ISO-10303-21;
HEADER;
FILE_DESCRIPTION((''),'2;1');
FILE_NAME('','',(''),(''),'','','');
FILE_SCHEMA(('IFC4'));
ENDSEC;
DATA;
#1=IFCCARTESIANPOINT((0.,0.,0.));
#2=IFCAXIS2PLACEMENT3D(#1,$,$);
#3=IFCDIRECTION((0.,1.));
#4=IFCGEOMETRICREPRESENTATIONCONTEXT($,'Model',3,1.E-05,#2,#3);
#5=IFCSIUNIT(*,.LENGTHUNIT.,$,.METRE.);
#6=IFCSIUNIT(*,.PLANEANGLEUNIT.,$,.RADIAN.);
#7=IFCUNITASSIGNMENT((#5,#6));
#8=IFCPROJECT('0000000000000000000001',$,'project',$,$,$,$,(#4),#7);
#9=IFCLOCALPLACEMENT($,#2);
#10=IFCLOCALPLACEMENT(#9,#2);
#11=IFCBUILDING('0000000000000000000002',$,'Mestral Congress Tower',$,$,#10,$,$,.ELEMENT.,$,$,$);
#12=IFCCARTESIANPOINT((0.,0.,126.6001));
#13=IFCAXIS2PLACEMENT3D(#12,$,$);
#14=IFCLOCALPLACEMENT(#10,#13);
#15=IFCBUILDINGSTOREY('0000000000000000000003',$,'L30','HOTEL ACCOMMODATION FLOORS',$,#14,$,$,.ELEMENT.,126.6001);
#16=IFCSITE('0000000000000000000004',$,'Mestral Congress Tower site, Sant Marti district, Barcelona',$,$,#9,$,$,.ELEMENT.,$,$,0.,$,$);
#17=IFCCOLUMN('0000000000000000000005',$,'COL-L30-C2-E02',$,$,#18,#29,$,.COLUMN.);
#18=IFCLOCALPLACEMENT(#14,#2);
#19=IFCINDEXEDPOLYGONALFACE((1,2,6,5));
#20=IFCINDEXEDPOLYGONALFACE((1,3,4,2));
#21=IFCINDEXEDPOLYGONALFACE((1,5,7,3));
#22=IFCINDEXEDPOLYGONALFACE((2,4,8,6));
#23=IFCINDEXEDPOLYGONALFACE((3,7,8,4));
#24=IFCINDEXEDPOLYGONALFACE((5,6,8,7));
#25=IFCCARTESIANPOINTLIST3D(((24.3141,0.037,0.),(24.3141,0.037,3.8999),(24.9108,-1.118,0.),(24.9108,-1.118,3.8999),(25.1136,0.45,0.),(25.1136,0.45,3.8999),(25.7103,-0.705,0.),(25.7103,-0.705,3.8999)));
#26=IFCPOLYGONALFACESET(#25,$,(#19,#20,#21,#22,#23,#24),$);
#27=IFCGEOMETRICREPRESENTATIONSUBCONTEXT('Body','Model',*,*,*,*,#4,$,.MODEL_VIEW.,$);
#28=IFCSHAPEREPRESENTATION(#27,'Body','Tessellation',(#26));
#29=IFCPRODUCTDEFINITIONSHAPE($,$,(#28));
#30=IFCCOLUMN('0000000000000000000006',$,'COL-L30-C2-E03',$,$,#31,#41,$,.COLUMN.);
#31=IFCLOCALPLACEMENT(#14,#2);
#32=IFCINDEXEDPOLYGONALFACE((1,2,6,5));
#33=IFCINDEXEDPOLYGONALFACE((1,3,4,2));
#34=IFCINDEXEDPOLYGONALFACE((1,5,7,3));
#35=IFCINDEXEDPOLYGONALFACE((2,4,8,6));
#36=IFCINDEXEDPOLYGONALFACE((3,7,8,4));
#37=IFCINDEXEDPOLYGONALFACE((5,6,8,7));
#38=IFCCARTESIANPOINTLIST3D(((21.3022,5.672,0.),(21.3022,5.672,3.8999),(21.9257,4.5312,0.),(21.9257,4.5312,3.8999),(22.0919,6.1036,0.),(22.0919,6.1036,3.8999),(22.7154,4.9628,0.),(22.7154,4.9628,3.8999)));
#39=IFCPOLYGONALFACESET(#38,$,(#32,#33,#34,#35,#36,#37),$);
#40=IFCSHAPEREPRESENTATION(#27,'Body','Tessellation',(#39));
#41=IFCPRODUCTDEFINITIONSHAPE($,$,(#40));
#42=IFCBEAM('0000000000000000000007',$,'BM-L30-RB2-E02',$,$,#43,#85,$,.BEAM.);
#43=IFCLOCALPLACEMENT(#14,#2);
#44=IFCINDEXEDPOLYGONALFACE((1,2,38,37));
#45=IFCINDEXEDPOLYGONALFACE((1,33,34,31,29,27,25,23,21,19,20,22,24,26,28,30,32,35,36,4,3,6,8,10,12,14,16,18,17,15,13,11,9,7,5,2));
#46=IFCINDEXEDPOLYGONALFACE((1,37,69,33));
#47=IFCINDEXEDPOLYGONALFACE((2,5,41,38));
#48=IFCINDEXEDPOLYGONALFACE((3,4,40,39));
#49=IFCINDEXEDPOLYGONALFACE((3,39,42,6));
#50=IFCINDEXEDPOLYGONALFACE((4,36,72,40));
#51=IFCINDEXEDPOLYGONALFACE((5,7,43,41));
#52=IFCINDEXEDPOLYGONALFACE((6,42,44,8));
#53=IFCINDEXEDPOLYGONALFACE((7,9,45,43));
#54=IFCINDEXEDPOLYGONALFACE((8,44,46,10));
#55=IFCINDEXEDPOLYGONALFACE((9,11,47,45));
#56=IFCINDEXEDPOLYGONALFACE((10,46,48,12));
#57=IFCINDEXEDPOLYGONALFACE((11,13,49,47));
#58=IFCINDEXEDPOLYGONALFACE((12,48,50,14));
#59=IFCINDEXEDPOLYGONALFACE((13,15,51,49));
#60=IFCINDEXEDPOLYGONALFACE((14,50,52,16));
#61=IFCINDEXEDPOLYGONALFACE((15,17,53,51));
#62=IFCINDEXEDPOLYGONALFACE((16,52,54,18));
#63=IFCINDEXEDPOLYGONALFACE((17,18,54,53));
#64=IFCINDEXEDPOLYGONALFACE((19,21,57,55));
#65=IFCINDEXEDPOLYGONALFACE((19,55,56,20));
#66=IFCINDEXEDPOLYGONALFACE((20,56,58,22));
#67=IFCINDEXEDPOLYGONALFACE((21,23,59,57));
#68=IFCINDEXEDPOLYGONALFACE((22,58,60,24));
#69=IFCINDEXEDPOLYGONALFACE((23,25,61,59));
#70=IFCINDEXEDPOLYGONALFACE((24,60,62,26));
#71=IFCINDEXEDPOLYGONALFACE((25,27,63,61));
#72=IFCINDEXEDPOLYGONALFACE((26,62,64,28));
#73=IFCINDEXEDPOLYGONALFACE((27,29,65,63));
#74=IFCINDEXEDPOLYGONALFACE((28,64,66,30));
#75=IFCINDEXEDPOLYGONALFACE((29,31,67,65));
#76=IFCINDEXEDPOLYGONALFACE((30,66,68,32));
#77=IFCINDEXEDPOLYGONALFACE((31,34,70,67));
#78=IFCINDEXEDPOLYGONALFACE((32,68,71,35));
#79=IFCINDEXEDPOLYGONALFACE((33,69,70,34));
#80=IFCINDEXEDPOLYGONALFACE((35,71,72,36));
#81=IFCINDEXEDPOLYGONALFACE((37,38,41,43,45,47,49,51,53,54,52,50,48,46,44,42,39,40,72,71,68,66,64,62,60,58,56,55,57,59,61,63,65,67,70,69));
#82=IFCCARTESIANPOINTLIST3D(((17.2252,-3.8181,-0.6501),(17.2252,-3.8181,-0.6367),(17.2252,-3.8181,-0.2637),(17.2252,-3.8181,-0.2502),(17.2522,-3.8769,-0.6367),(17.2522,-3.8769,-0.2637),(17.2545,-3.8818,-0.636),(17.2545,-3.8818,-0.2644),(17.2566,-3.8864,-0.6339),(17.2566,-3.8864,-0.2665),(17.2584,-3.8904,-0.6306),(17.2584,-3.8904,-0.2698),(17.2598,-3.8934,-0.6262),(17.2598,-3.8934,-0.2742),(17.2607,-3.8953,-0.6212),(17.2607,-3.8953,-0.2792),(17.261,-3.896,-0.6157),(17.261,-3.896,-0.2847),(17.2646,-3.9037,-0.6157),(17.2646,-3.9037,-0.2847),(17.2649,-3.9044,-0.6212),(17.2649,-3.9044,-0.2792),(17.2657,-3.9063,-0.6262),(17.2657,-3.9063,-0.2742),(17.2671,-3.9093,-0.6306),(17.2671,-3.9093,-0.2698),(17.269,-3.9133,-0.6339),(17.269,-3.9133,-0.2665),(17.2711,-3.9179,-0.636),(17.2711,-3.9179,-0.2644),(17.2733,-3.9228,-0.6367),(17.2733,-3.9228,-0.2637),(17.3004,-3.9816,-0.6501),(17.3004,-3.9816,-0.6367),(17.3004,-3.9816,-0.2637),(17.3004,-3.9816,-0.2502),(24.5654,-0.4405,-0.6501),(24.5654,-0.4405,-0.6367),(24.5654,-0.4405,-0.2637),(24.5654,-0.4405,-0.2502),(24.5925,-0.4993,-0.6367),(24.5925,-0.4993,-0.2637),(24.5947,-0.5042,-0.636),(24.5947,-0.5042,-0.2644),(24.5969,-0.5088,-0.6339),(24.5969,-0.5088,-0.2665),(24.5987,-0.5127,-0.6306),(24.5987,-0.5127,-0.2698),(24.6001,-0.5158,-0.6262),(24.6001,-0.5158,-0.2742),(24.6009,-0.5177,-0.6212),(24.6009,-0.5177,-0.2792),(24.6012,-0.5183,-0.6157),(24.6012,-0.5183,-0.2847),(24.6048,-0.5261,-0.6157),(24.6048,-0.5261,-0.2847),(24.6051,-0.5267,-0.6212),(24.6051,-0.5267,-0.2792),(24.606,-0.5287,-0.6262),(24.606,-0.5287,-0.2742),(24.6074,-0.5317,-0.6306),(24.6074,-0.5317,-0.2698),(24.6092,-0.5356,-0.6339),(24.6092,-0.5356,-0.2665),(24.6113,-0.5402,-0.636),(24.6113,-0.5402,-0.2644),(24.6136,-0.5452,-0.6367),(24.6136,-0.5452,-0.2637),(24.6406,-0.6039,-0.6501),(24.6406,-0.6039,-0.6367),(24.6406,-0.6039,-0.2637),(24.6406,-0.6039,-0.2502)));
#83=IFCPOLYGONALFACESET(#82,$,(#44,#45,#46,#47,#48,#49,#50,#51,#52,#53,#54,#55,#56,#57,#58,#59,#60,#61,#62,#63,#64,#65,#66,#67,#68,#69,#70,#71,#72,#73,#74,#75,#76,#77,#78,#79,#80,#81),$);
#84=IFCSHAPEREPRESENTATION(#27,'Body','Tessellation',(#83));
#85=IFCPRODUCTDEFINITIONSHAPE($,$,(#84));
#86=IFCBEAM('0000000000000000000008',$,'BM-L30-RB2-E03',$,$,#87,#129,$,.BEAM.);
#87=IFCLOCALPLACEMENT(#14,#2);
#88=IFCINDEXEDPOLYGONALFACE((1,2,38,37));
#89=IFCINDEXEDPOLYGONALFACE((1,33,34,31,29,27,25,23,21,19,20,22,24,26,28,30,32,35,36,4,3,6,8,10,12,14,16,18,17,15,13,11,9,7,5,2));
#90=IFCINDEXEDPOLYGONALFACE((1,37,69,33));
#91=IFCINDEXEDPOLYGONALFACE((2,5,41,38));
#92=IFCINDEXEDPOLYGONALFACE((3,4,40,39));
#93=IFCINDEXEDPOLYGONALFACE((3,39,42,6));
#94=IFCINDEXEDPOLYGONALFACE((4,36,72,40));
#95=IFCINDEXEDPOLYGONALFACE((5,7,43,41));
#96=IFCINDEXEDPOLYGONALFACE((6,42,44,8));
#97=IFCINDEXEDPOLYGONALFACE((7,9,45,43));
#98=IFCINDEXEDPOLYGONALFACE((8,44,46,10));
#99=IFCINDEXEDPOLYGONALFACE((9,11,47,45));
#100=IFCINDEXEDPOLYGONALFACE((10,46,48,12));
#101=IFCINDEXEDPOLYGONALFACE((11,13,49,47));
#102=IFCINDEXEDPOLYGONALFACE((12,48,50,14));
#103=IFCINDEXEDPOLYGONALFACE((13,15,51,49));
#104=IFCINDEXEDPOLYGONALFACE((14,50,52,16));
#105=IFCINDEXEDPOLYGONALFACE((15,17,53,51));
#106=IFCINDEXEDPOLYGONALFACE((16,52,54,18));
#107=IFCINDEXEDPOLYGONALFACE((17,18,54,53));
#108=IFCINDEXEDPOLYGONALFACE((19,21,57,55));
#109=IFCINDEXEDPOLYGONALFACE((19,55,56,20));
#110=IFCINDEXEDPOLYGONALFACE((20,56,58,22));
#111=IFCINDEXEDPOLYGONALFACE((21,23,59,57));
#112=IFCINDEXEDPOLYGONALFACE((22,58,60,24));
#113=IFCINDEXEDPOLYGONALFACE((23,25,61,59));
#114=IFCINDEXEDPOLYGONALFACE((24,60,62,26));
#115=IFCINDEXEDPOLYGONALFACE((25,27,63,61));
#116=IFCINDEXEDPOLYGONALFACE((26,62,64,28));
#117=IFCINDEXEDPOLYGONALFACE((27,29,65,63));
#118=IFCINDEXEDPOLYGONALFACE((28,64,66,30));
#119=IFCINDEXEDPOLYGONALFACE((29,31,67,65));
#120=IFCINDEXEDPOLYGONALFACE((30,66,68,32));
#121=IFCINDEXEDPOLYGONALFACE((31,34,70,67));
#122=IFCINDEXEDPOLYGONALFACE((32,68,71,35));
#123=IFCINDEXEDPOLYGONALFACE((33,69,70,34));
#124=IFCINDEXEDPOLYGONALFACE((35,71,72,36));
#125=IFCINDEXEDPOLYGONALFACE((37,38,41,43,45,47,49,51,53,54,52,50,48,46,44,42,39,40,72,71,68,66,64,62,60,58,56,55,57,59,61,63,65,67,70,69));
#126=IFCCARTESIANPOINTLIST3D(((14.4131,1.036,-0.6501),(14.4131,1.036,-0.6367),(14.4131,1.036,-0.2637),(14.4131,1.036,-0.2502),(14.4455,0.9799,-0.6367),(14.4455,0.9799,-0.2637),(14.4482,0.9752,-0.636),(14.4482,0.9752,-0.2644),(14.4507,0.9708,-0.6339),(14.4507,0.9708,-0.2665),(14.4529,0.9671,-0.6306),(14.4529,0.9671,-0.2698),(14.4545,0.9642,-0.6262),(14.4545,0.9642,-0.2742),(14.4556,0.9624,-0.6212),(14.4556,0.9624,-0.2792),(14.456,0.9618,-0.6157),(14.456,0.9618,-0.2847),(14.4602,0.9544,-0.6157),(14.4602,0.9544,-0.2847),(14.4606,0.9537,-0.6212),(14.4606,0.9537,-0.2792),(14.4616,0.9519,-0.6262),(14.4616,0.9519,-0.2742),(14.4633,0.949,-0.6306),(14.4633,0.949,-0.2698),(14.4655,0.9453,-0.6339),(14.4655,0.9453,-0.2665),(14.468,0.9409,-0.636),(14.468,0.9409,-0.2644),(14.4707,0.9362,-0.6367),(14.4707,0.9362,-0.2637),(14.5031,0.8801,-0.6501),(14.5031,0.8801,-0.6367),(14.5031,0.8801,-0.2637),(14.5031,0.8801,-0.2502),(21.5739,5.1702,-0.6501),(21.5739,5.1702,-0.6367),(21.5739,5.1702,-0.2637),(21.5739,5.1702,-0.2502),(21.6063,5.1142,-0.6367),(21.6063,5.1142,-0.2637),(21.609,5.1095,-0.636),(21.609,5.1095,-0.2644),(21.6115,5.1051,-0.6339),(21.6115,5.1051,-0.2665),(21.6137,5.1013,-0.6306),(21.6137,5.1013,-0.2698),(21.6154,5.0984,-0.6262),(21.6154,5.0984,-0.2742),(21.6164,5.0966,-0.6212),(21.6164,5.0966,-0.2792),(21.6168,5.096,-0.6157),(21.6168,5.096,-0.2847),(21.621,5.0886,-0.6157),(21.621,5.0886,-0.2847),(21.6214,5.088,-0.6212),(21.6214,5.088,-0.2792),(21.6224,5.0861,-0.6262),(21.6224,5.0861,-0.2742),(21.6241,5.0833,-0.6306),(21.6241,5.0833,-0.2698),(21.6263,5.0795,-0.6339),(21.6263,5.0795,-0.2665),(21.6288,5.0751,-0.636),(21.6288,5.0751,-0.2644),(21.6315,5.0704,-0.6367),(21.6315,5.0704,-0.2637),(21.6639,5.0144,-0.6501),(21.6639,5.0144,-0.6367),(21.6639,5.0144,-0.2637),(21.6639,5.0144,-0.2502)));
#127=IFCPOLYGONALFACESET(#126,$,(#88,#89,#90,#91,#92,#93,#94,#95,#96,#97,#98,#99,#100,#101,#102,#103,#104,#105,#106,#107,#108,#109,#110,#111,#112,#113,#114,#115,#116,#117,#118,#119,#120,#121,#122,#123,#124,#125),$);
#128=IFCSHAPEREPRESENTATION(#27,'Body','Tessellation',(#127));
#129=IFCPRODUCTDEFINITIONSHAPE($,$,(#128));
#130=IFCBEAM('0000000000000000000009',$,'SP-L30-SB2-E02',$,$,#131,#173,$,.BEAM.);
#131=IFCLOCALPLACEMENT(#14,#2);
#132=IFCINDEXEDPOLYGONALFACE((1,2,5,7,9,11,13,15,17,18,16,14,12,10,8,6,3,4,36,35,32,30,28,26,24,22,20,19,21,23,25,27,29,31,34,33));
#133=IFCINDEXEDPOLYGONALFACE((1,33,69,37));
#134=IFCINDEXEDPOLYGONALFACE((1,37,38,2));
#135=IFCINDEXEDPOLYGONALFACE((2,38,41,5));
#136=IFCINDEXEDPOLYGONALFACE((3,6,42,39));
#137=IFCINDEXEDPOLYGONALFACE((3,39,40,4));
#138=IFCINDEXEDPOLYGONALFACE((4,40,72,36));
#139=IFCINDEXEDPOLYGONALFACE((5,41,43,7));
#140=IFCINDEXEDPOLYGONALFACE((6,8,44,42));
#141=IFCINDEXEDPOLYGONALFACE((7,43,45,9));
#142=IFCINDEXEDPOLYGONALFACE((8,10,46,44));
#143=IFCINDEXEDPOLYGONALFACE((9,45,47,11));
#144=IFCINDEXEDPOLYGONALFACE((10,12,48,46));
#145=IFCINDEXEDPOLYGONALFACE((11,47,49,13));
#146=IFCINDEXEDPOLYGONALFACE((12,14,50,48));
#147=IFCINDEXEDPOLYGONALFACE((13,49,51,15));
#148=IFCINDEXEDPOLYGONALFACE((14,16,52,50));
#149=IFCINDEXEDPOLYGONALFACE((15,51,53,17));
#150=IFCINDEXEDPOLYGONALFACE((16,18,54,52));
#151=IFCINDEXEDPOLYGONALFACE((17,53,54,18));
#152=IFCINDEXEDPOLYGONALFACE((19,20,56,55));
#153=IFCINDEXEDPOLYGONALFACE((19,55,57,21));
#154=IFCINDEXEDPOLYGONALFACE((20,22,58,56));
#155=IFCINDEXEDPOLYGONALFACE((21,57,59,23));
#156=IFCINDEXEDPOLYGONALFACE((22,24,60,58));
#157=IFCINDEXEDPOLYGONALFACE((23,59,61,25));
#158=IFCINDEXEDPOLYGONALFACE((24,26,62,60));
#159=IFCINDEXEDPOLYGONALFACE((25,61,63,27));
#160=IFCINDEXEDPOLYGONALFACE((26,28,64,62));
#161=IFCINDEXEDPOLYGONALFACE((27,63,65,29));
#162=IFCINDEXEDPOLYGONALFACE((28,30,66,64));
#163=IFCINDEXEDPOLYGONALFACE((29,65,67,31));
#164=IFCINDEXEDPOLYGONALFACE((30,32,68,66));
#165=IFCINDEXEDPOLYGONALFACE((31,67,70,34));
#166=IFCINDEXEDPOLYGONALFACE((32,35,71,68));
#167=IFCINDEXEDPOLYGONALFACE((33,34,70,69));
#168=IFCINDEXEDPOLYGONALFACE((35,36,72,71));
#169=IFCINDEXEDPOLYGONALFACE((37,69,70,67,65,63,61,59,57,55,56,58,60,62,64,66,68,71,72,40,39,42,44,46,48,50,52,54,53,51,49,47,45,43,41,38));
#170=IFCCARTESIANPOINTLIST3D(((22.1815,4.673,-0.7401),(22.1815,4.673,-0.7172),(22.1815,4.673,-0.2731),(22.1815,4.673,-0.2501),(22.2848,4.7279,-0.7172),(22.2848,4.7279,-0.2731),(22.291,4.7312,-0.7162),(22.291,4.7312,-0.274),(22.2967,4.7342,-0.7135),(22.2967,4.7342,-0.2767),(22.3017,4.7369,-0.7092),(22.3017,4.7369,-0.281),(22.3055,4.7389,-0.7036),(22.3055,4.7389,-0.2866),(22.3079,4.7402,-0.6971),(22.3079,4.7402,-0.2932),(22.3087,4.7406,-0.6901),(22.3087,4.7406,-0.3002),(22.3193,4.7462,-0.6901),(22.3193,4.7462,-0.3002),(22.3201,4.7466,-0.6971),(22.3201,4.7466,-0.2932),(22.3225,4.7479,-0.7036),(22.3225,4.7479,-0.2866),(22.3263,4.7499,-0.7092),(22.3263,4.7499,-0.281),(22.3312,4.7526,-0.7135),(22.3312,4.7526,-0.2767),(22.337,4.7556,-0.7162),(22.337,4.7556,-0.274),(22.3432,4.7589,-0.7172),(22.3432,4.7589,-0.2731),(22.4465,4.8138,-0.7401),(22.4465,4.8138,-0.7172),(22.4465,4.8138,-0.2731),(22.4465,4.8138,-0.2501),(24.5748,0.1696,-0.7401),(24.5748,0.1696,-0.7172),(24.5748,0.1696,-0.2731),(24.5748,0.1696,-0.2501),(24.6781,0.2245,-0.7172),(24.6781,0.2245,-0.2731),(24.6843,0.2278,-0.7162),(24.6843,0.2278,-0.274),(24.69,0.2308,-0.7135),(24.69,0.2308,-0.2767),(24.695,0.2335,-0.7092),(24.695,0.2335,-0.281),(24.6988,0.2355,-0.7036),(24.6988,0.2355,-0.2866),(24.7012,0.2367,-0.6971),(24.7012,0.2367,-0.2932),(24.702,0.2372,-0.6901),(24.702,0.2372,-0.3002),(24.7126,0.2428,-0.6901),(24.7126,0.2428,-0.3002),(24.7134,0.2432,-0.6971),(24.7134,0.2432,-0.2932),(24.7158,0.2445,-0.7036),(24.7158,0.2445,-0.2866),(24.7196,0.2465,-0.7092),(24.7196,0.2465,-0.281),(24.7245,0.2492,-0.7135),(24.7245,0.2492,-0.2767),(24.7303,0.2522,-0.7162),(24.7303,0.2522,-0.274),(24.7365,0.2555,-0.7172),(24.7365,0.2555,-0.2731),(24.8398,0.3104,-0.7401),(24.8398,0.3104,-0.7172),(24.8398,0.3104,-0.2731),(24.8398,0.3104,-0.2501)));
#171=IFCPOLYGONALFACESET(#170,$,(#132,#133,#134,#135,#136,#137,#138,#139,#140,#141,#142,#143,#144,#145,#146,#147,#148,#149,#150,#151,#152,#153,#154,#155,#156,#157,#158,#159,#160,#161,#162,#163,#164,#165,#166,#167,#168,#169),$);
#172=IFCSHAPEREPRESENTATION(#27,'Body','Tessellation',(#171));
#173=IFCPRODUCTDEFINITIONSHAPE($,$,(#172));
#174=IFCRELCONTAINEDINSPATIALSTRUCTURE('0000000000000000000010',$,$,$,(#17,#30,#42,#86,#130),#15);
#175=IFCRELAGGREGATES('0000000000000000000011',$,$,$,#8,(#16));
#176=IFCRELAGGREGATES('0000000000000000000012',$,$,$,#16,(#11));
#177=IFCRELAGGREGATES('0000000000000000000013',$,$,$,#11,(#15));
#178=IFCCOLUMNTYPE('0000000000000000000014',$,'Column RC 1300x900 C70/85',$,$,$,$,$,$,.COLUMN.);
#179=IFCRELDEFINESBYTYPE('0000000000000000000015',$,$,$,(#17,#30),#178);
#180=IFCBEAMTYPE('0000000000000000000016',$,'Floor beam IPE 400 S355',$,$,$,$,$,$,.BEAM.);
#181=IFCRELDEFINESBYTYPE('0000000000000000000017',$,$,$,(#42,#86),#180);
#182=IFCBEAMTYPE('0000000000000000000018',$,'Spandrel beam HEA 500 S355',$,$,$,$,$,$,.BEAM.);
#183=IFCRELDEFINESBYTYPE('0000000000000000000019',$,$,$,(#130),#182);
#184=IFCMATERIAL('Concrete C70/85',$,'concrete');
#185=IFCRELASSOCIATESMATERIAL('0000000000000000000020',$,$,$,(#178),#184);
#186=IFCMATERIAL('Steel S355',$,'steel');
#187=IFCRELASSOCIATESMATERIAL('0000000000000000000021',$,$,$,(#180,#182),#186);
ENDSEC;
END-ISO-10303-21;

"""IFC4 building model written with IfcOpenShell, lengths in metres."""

from ifc_helpers import new_model, si_unit, direction, frame, origin, origin_2d, place, context, subcontext, project, spatial, rectangle, i_section, extrude, material, material_profile, profile_set, type_object, element, save


model = new_model("IFC4")

# Units and contexts
model_context = context("Model", 3, precision=1e-05, world=origin(), true_north=direction((0.0, 1.0)))
body_context = subcontext(model_context, "Body", "Model", "MODEL_VIEW")
ifc_project = project(units=[si_unit("LENGTHUNIT", "METRE"), si_unit("PLANEANGLEUNIT", "RADIAN")], contexts=[model_context])

# Site, building, storey
site_placement = place(None, origin())
site = spatial("IfcSite", under=ifc_project, at=site_placement, Name="Mestral Congress Tower site, Sant Marti district, Barcelona", CompositionType="ELEMENT", RefElevation=0.0)
building_placement = place(site_placement, origin())
building = spatial("IfcBuilding", under=site, at=building_placement, Name="Mestral Congress Tower", CompositionType="ELEMENT")
storey_placement = place(building_placement, frame((0.0, 0.0, 126.6001)))
storey = spatial("IfcBuildingStorey", under=building, at=storey_placement, Name="L30", Description="HOTEL ACCOMMODATION FLOORS", CompositionType="ELEMENT", Elevation=126.6001)

# Columns
ifc_material_1 = material(Name="Concrete C70/85", Category="concrete")
ifc_material_profile_1 = material_profile(ifc_material_1, rectangle(XDim=1.3, YDim=0.8999, at=origin_2d()), Name="RC 1300x900")
ifc_profile_set_1 = profile_set([ifc_material_profile_1], Name="Concrete C70/85")
column_type = type_object("IfcColumnType", Name="Column RC 1300x900 C70/85", PredefinedType="COLUMN", material=ifc_profile_set_1)
for number, where, z_axis, x_axis, name in (
    (1, (25.0122, -0.334, 0.0), (0.0, 0.0, 1.0), (-0.458961, 0.888456, 0.0), "COL-L30-C2-E02"),
    (2, (22.0088, 5.3174, 0.0), (0.0, 0.0, 1.0), (-0.479613, 0.87748, 0.0), "COL-L30-C2-E03"),
):
    element("IfcColumn", number, at=place(storey_placement, frame(where, z_axis=z_axis, x_axis=x_axis)), inside=storey, type_object=column_type, Name=name, PredefinedType="COLUMN", context=body_context, shape_type="SweptSolid", body=[
        extrude(rectangle(XDim=1.3, YDim=0.8999, at=origin_2d()), origin(), (0.0, 0.0, 1.0), 3.8999),
    ])

# Beams
ifc_material_2 = material(Name="Steel S355", Category="steel")
ifc_material_profile_2 = material_profile(ifc_material_2, i_section(OverallWidth=0.1799, OverallDepth=0.3999, WebThickness=0.0085, FlangeThickness=0.0134, FilletRadius=0.021, at=origin_2d()), Name="IPE 400")
ifc_profile_set_2 = profile_set([ifc_material_profile_2], Name="Steel S355")
beam_type_1 = type_object("IfcBeamType", Name="Floor beam IPE 400 S355", PredefinedType="BEAM", material=ifc_profile_set_2)
beam_1_placement = place(storey_placement, frame((24.603, -0.5222, -0.4502), z_axis=(-0.908437, -0.418021, 0.0), x_axis=(0.418021, -0.908437, 0.0)))
element("IfcBeam", 3, at=beam_1_placement, inside=storey, type_object=beam_type_1, Name="BM-L30-RB2-E02", PredefinedType="BEAM", context=body_context, shape_type="SweptSolid", body=[
    extrude(i_section(OverallWidth=0.1799, OverallDepth=0.3999, WebThickness=0.0085, FlangeThickness=0.0134, FilletRadius=0.021, at=origin_2d()), origin(), (0.0, 0.0, 1.0), 8.0801),
])
beam_2_placement = place(storey_placement, frame((21.6189, 5.0923, -0.4502), z_axis=(-0.866029, -0.499994, 0.0), x_axis=(0.499994, -0.866029, 0.0)))
element("IfcBeam", 4, at=beam_2_placement, inside=storey, type_object=beam_type_1, Name="BM-L30-RB2-E03", PredefinedType="BEAM", context=body_context, shape_type="SweptSolid", body=[
    extrude(i_section(OverallWidth=0.1799, OverallDepth=0.3999, WebThickness=0.0085, FlangeThickness=0.0134, FilletRadius=0.021, at=origin_2d()), origin(), (0.0, 0.0, 1.0), 8.2686),
])
ifc_material_profile_3 = material_profile(ifc_material_2, i_section(OverallWidth=0.3, OverallDepth=0.49, WebThickness=0.012, FlangeThickness=0.0229, FilletRadius=0.0271, at=origin_2d()), Name="HEA 500")
ifc_profile_set_3 = profile_set([ifc_material_profile_3], Name="Steel S355")
beam_type_2 = type_object("IfcBeamType", Name="Spandrel beam HEA 500 S355", PredefinedType="BEAM", material=ifc_profile_set_3)
for number, where, z_axis, x_axis, name in (
    (5, (24.7073, 0.24, -0.4951), (-0.469288, 0.883045, 0.0), (-0.883045, -0.469288, 0.0), "SP-L30-SB2-E02"),
):
    element("IfcBeam", number, at=place(storey_placement, frame(where, z_axis=z_axis, x_axis=x_axis)), inside=storey, type_object=beam_type_2, Name=name, PredefinedType="BEAM", context=body_context, shape_type="SweptSolid", body=[
        extrude(i_section(OverallWidth=0.3, OverallDepth=0.49, WebThickness=0.012, FlangeThickness=0.0229, FilletRadius=0.0271, at=origin_2d()), origin(), (0.0, 0.0, 1.0), 5.0999),
    ])

save(model, "model.ifc")
